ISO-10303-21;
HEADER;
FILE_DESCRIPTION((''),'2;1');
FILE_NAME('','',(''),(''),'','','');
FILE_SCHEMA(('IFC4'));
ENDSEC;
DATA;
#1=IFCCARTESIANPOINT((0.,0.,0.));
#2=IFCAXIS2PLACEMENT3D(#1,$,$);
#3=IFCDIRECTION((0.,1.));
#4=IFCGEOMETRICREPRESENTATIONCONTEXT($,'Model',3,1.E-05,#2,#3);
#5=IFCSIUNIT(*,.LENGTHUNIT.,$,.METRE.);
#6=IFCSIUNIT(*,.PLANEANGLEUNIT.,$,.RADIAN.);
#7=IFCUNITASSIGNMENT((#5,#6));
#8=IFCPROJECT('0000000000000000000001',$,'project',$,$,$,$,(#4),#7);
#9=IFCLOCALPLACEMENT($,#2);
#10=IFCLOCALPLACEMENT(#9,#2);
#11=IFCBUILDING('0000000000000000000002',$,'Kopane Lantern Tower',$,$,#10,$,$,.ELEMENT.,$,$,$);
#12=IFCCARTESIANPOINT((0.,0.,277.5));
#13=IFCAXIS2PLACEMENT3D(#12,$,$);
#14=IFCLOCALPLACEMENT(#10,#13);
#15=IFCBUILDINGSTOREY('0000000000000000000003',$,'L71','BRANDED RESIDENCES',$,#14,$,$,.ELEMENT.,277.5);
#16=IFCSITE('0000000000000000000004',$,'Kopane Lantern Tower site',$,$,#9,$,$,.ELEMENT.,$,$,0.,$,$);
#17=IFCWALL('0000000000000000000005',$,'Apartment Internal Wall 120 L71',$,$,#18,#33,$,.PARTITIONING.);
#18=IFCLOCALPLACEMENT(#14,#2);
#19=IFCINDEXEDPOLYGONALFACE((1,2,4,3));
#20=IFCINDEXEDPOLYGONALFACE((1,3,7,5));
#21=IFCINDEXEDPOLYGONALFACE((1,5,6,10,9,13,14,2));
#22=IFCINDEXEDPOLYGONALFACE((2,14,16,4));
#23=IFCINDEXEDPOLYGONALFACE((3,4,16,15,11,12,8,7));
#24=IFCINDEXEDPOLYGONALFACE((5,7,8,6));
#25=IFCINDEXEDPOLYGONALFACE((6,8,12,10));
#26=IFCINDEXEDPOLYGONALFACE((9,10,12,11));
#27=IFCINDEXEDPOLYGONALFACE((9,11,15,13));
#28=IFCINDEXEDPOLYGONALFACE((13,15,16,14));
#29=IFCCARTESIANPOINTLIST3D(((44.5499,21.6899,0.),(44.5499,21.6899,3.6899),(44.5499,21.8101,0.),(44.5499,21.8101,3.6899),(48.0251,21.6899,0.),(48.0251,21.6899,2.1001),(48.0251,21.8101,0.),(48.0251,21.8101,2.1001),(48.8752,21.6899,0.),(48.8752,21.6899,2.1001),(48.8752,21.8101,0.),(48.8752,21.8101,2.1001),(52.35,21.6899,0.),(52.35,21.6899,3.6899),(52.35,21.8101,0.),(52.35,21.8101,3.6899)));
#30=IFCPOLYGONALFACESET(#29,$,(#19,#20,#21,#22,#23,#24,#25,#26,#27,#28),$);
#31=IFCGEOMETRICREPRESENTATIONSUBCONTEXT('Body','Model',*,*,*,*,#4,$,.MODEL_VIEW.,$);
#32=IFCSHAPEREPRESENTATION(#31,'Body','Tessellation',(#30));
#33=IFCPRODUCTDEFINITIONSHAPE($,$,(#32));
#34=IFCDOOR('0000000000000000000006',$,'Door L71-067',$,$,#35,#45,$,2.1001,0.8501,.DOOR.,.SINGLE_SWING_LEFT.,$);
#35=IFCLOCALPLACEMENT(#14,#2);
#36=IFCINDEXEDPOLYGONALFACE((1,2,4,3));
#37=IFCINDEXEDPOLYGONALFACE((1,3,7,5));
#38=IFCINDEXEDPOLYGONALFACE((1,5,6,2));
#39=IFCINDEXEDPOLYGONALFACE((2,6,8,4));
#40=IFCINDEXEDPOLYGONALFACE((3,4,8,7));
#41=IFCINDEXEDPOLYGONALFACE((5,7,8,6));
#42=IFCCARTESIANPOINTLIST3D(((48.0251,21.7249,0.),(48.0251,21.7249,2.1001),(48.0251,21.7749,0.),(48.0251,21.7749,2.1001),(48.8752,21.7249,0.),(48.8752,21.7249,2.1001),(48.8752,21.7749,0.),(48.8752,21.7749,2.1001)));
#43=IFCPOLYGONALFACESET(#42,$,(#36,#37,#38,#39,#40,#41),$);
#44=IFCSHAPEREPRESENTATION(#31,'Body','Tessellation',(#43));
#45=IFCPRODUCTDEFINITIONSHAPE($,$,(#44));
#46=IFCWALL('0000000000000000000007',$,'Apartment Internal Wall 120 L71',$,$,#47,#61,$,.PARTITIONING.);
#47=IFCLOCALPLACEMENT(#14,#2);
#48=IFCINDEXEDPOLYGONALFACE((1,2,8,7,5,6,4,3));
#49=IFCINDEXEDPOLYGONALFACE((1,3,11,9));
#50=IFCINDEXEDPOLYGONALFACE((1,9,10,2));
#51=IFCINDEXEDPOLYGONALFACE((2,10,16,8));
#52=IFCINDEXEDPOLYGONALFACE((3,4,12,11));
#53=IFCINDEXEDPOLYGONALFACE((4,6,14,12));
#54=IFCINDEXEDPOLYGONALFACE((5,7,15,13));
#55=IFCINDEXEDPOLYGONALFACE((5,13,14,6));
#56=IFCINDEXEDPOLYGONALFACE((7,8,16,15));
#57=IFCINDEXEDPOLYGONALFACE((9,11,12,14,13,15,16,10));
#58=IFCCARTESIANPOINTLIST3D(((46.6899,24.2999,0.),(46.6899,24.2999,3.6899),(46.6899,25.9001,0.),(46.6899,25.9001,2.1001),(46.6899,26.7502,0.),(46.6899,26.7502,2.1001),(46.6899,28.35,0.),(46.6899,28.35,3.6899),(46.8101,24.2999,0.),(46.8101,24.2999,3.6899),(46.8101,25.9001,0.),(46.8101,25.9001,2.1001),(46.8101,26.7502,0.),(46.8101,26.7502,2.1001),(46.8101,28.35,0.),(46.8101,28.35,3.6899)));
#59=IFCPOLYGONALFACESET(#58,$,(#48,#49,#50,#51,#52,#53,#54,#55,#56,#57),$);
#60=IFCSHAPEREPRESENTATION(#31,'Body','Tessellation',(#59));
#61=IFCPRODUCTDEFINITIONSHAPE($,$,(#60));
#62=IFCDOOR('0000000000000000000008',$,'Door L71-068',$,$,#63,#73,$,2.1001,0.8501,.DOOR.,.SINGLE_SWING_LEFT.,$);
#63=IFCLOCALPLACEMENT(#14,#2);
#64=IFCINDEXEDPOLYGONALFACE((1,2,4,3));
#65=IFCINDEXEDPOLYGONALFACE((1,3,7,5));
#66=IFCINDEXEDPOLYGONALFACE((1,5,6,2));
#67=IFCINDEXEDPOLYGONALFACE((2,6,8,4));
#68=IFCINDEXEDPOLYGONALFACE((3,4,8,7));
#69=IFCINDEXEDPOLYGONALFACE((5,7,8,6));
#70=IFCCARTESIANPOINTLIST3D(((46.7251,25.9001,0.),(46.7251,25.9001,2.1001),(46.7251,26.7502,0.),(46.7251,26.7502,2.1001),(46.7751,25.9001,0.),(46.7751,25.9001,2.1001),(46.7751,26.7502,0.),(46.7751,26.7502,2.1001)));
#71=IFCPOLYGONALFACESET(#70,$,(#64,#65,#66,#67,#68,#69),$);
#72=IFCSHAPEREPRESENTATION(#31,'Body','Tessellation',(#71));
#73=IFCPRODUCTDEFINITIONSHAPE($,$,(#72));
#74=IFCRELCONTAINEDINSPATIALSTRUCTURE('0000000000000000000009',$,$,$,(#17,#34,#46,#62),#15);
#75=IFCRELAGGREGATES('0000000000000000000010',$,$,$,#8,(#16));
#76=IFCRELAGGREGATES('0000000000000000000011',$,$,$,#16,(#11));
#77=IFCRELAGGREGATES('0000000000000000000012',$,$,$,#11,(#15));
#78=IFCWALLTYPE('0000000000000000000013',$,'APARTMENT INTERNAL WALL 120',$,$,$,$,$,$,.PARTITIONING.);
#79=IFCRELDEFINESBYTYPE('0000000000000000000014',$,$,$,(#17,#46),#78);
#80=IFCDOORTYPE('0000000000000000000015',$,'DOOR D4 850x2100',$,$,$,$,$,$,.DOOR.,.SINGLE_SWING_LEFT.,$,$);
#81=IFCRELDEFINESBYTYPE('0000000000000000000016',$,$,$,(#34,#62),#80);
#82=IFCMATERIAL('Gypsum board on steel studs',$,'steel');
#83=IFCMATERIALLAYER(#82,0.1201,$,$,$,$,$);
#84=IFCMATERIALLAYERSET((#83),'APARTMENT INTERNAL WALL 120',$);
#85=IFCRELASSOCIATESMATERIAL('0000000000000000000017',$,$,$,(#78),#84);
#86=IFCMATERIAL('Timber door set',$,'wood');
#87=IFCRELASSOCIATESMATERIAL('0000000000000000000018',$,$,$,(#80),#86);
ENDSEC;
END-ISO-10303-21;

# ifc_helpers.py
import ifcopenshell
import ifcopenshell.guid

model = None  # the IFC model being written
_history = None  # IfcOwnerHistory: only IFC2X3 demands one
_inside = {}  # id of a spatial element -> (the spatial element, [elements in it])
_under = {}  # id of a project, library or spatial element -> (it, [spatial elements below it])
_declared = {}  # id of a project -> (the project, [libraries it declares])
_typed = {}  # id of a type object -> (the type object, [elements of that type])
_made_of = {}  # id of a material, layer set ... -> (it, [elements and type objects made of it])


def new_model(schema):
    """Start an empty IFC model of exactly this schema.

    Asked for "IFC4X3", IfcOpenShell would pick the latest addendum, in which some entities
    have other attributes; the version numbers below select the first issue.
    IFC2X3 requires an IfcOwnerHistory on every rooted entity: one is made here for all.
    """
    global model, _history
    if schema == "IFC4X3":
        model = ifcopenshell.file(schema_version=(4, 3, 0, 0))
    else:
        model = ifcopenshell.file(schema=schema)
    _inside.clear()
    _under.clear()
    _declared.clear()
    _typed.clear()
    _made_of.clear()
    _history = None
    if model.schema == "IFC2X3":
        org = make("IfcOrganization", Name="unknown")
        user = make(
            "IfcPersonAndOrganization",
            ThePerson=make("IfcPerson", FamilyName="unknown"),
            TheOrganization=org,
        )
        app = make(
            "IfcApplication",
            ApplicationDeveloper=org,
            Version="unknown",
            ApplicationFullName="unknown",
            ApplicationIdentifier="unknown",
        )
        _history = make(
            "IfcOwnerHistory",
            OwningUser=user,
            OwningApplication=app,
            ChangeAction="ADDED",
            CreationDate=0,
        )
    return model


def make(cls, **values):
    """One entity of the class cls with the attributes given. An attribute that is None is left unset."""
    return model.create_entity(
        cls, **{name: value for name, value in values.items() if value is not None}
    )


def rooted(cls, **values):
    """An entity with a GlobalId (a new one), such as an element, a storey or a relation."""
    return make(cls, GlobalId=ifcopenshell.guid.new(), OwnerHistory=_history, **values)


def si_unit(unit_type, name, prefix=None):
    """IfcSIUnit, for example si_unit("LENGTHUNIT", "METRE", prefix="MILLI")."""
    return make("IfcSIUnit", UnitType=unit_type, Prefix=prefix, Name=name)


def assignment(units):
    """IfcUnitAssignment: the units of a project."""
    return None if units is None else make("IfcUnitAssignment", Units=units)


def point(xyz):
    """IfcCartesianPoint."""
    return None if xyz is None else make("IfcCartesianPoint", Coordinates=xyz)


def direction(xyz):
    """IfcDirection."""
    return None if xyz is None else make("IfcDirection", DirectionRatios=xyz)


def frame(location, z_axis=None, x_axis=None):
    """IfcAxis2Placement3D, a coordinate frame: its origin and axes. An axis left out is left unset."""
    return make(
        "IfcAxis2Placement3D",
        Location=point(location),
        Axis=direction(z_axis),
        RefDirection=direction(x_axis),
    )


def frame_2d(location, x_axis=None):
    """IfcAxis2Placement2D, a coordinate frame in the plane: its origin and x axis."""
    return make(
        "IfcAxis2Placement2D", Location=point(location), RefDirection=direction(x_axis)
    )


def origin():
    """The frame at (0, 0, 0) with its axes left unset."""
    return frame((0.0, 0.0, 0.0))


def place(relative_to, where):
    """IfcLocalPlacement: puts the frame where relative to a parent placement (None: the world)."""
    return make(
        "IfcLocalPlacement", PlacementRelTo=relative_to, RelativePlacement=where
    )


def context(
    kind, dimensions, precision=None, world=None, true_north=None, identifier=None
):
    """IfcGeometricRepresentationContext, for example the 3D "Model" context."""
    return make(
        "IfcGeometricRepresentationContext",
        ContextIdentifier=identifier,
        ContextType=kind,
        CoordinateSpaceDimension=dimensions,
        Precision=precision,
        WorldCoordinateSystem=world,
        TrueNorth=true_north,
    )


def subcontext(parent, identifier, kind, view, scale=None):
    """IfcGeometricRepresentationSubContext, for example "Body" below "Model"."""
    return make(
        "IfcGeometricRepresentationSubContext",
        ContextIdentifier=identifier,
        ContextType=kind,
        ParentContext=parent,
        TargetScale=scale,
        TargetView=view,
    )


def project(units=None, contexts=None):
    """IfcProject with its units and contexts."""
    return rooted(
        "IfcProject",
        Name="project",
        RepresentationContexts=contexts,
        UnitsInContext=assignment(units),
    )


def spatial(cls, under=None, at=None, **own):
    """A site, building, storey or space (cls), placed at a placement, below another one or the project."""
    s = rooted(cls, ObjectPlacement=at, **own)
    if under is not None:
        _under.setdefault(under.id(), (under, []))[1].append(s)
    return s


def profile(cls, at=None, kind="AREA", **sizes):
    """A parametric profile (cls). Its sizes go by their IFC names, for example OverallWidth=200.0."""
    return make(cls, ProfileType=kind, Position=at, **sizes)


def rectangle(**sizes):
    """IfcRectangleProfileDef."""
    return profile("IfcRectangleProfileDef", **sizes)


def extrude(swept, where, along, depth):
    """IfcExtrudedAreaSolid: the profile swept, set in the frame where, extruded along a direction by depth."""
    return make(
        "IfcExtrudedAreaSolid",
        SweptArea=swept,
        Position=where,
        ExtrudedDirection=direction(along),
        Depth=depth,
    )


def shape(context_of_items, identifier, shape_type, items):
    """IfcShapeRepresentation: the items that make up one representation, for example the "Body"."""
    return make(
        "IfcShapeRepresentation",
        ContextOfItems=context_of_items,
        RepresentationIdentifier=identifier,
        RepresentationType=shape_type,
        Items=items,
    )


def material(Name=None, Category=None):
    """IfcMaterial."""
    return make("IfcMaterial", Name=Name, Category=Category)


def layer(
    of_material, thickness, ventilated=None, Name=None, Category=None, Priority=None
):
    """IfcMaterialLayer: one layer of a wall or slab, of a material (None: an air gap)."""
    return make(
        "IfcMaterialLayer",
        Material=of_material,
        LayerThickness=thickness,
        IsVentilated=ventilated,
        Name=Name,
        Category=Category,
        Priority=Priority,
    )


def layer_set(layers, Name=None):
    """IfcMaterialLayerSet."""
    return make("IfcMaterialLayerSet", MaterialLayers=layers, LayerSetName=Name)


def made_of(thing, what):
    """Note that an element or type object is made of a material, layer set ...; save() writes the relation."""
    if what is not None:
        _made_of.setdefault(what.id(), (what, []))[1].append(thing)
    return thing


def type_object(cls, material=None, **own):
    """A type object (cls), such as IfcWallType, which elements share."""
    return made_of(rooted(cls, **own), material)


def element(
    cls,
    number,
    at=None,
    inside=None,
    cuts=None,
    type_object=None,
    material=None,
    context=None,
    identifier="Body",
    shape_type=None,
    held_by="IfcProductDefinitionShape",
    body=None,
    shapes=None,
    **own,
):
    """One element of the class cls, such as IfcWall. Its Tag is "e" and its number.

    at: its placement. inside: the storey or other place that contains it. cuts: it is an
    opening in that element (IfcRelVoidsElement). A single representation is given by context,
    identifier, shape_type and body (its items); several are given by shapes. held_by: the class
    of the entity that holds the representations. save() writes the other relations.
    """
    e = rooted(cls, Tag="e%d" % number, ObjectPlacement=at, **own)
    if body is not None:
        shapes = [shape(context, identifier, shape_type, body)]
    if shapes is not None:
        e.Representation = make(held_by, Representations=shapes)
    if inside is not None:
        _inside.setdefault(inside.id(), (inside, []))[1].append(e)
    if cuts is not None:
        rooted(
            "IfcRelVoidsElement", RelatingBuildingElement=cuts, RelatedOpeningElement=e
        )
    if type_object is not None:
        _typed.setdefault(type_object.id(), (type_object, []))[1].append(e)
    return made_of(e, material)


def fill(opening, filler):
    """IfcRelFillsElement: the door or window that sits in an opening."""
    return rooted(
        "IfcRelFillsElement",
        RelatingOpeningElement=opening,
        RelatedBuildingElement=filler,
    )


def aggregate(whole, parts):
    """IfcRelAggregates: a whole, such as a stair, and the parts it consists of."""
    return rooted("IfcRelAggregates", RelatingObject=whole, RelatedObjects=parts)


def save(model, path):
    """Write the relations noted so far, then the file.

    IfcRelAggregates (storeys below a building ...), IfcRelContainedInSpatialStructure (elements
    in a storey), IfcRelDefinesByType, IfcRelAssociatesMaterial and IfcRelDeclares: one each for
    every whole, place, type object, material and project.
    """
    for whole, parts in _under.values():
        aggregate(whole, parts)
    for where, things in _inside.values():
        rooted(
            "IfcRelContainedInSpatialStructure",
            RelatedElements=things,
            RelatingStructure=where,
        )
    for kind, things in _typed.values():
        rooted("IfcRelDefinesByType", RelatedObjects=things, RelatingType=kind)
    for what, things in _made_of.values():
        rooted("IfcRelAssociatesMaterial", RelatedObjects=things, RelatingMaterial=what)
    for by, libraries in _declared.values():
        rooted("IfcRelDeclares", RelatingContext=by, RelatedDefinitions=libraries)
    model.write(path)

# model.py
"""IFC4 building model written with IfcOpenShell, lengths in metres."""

from ifc_helpers import new_model, si_unit, direction, frame, frame_2d, origin, place, context, subcontext, project, spatial, rectangle, extrude, material, layer, layer_set, type_object, element, fill, save


model = new_model("IFC4")

# Units and contexts
model_context = context("Model", 3, precision=1e-05, world=origin(), true_north=direction((0.0, 1.0)))
body_context = subcontext(model_context, "Body", "Model", "MODEL_VIEW")
ifc_project = project(units=[si_unit("LENGTHUNIT", "METRE"), si_unit("PLANEANGLEUNIT", "RADIAN")], contexts=[model_context])

# Site, building, storey
site_placement = place(None, origin())
site = spatial("IfcSite", under=ifc_project, at=site_placement, Name="Kopane Lantern Tower site", CompositionType="ELEMENT", RefElevation=0.0)
building_placement = place(site_placement, origin())
building = spatial("IfcBuilding", under=site, at=building_placement, Name="Kopane Lantern Tower", CompositionType="ELEMENT")
storey_placement = place(building_placement, frame((0.0, 0.0, 277.5)))
storey = spatial("IfcBuildingStorey", under=building, at=storey_placement, Name="L71", Description="BRANDED RESIDENCES", CompositionType="ELEMENT", Elevation=277.5)

# Shared definitions
ifc_material_1 = material(Name="Gypsum board on steel studs", Category="steel")
ifc_layer = layer(ifc_material_1, 0.1201)
ifc_layer_set = layer_set([ifc_layer], Name="APARTMENT INTERNAL WALL 120")
wall_type = type_object("IfcWallType", Name="APARTMENT INTERNAL WALL 120", PredefinedType="PARTITIONING", material=ifc_layer_set)
ifc_material_2 = material(Name="Timber door set", Category="wood")
door_type = type_object("IfcDoorType", Name="DOOR D4 850x2100", OperationType="SINGLE_SWING_LEFT", PredefinedType="DOOR", material=ifc_material_2)

# Walls, openings, doors
wall_1_placement = place(storey_placement, frame((44.55, 21.75, 0.0), z_axis=(0.0, 0.0, 1.0), x_axis=(1.0, 0.0, 0.0)))
wall_1 = element("IfcWall", 1, at=wall_1_placement, inside=storey, type_object=wall_type, Name="Apartment Internal Wall 120 L71", PredefinedType="PARTITIONING", context=body_context, shape_type="SweptSolid", body=[
    extrude(rectangle(XDim=7.8, YDim=0.1201, at=frame_2d((3.8999, 0.0))), origin(), (0.0, 0.0, 1.0), 3.6899),
])
opening_1_placement = place(wall_1_placement, frame((3.4751, 0.0, 0.0)))
opening_1 = element("IfcOpeningElement", 2, at=opening_1_placement, cuts=wall_1, PredefinedType="OPENING", context=body_context, shape_type="SweptSolid", body=[
    extrude(rectangle(XDim=0.8501, YDim=2.1001, at=frame_2d((0.425, 1.05))), frame((0.0, 0.0701, 0.0), z_axis=(0.0, -1.0, 0.0), x_axis=(1.0, 0.0, 0.0)), (0.0, 0.0, 1.0), 0.1401),
])
door_1_placement = place(opening_1_placement, origin())
door_1 = element("IfcDoor", 3, at=door_1_placement, inside=storey, type_object=door_type, Name="Door L71-067", OperationType="SINGLE_SWING_LEFT", OverallHeight=2.1001, OverallWidth=0.8501, PredefinedType="DOOR", context=body_context, shape_type="SweptSolid", body=[
    extrude(rectangle(XDim=0.8501, YDim=2.1001, at=frame_2d((0.425, 1.05))), frame((0.0, 0.0249, 0.0), z_axis=(0.0, -1.0, 0.0), x_axis=(1.0, 0.0, 0.0)), (0.0, 0.0, 1.0), 0.05),
])
fill(opening_1, door_1)
wall_2_placement = place(storey_placement, frame((46.75, 24.3, 0.0), z_axis=(0.0, 0.0, 1.0), x_axis=(0.0, 1.0, 0.0)))
wall_2 = element("IfcWall", 4, at=wall_2_placement, inside=storey, type_object=wall_type, Name="Apartment Internal Wall 120 L71", PredefinedType="PARTITIONING", context=body_context, shape_type="SweptSolid", body=[
    extrude(rectangle(XDim=4.05, YDim=0.1201, at=frame_2d((2.0249, 0.0))), origin(), (0.0, 0.0, 1.0), 3.6899),
])
opening_2_placement = place(wall_2_placement, frame((1.6001, 0.0, 0.0)))
opening_2 = element("IfcOpeningElement", 5, at=opening_2_placement, cuts=wall_2, PredefinedType="OPENING", context=body_context, shape_type="SweptSolid", body=[
    extrude(rectangle(XDim=0.8501, YDim=2.1001, at=frame_2d((0.425, 1.05))), frame((0.0, 0.0701, 0.0), z_axis=(0.0, -1.0, 0.0), x_axis=(1.0, 0.0, 0.0)), (0.0, 0.0, 1.0), 0.1401),
])
door_2_placement = place(opening_2_placement, origin())
door_2 = element("IfcDoor", 6, at=door_2_placement, inside=storey, type_object=door_type, Name="Door L71-068", OperationType="SINGLE_SWING_LEFT", OverallHeight=2.1001, OverallWidth=0.8501, PredefinedType="DOOR", context=body_context, shape_type="SweptSolid", body=[
    extrude(rectangle(XDim=0.8501, YDim=2.1001, at=frame_2d((0.425, 1.05))), frame((0.0, 0.0249, 0.0), z_axis=(0.0, -1.0, 0.0), x_axis=(1.0, 0.0, 0.0)), (0.0, 0.0, 1.0), 0.05),
])
fill(opening_2, door_2)

save(model, "model.ifc")
